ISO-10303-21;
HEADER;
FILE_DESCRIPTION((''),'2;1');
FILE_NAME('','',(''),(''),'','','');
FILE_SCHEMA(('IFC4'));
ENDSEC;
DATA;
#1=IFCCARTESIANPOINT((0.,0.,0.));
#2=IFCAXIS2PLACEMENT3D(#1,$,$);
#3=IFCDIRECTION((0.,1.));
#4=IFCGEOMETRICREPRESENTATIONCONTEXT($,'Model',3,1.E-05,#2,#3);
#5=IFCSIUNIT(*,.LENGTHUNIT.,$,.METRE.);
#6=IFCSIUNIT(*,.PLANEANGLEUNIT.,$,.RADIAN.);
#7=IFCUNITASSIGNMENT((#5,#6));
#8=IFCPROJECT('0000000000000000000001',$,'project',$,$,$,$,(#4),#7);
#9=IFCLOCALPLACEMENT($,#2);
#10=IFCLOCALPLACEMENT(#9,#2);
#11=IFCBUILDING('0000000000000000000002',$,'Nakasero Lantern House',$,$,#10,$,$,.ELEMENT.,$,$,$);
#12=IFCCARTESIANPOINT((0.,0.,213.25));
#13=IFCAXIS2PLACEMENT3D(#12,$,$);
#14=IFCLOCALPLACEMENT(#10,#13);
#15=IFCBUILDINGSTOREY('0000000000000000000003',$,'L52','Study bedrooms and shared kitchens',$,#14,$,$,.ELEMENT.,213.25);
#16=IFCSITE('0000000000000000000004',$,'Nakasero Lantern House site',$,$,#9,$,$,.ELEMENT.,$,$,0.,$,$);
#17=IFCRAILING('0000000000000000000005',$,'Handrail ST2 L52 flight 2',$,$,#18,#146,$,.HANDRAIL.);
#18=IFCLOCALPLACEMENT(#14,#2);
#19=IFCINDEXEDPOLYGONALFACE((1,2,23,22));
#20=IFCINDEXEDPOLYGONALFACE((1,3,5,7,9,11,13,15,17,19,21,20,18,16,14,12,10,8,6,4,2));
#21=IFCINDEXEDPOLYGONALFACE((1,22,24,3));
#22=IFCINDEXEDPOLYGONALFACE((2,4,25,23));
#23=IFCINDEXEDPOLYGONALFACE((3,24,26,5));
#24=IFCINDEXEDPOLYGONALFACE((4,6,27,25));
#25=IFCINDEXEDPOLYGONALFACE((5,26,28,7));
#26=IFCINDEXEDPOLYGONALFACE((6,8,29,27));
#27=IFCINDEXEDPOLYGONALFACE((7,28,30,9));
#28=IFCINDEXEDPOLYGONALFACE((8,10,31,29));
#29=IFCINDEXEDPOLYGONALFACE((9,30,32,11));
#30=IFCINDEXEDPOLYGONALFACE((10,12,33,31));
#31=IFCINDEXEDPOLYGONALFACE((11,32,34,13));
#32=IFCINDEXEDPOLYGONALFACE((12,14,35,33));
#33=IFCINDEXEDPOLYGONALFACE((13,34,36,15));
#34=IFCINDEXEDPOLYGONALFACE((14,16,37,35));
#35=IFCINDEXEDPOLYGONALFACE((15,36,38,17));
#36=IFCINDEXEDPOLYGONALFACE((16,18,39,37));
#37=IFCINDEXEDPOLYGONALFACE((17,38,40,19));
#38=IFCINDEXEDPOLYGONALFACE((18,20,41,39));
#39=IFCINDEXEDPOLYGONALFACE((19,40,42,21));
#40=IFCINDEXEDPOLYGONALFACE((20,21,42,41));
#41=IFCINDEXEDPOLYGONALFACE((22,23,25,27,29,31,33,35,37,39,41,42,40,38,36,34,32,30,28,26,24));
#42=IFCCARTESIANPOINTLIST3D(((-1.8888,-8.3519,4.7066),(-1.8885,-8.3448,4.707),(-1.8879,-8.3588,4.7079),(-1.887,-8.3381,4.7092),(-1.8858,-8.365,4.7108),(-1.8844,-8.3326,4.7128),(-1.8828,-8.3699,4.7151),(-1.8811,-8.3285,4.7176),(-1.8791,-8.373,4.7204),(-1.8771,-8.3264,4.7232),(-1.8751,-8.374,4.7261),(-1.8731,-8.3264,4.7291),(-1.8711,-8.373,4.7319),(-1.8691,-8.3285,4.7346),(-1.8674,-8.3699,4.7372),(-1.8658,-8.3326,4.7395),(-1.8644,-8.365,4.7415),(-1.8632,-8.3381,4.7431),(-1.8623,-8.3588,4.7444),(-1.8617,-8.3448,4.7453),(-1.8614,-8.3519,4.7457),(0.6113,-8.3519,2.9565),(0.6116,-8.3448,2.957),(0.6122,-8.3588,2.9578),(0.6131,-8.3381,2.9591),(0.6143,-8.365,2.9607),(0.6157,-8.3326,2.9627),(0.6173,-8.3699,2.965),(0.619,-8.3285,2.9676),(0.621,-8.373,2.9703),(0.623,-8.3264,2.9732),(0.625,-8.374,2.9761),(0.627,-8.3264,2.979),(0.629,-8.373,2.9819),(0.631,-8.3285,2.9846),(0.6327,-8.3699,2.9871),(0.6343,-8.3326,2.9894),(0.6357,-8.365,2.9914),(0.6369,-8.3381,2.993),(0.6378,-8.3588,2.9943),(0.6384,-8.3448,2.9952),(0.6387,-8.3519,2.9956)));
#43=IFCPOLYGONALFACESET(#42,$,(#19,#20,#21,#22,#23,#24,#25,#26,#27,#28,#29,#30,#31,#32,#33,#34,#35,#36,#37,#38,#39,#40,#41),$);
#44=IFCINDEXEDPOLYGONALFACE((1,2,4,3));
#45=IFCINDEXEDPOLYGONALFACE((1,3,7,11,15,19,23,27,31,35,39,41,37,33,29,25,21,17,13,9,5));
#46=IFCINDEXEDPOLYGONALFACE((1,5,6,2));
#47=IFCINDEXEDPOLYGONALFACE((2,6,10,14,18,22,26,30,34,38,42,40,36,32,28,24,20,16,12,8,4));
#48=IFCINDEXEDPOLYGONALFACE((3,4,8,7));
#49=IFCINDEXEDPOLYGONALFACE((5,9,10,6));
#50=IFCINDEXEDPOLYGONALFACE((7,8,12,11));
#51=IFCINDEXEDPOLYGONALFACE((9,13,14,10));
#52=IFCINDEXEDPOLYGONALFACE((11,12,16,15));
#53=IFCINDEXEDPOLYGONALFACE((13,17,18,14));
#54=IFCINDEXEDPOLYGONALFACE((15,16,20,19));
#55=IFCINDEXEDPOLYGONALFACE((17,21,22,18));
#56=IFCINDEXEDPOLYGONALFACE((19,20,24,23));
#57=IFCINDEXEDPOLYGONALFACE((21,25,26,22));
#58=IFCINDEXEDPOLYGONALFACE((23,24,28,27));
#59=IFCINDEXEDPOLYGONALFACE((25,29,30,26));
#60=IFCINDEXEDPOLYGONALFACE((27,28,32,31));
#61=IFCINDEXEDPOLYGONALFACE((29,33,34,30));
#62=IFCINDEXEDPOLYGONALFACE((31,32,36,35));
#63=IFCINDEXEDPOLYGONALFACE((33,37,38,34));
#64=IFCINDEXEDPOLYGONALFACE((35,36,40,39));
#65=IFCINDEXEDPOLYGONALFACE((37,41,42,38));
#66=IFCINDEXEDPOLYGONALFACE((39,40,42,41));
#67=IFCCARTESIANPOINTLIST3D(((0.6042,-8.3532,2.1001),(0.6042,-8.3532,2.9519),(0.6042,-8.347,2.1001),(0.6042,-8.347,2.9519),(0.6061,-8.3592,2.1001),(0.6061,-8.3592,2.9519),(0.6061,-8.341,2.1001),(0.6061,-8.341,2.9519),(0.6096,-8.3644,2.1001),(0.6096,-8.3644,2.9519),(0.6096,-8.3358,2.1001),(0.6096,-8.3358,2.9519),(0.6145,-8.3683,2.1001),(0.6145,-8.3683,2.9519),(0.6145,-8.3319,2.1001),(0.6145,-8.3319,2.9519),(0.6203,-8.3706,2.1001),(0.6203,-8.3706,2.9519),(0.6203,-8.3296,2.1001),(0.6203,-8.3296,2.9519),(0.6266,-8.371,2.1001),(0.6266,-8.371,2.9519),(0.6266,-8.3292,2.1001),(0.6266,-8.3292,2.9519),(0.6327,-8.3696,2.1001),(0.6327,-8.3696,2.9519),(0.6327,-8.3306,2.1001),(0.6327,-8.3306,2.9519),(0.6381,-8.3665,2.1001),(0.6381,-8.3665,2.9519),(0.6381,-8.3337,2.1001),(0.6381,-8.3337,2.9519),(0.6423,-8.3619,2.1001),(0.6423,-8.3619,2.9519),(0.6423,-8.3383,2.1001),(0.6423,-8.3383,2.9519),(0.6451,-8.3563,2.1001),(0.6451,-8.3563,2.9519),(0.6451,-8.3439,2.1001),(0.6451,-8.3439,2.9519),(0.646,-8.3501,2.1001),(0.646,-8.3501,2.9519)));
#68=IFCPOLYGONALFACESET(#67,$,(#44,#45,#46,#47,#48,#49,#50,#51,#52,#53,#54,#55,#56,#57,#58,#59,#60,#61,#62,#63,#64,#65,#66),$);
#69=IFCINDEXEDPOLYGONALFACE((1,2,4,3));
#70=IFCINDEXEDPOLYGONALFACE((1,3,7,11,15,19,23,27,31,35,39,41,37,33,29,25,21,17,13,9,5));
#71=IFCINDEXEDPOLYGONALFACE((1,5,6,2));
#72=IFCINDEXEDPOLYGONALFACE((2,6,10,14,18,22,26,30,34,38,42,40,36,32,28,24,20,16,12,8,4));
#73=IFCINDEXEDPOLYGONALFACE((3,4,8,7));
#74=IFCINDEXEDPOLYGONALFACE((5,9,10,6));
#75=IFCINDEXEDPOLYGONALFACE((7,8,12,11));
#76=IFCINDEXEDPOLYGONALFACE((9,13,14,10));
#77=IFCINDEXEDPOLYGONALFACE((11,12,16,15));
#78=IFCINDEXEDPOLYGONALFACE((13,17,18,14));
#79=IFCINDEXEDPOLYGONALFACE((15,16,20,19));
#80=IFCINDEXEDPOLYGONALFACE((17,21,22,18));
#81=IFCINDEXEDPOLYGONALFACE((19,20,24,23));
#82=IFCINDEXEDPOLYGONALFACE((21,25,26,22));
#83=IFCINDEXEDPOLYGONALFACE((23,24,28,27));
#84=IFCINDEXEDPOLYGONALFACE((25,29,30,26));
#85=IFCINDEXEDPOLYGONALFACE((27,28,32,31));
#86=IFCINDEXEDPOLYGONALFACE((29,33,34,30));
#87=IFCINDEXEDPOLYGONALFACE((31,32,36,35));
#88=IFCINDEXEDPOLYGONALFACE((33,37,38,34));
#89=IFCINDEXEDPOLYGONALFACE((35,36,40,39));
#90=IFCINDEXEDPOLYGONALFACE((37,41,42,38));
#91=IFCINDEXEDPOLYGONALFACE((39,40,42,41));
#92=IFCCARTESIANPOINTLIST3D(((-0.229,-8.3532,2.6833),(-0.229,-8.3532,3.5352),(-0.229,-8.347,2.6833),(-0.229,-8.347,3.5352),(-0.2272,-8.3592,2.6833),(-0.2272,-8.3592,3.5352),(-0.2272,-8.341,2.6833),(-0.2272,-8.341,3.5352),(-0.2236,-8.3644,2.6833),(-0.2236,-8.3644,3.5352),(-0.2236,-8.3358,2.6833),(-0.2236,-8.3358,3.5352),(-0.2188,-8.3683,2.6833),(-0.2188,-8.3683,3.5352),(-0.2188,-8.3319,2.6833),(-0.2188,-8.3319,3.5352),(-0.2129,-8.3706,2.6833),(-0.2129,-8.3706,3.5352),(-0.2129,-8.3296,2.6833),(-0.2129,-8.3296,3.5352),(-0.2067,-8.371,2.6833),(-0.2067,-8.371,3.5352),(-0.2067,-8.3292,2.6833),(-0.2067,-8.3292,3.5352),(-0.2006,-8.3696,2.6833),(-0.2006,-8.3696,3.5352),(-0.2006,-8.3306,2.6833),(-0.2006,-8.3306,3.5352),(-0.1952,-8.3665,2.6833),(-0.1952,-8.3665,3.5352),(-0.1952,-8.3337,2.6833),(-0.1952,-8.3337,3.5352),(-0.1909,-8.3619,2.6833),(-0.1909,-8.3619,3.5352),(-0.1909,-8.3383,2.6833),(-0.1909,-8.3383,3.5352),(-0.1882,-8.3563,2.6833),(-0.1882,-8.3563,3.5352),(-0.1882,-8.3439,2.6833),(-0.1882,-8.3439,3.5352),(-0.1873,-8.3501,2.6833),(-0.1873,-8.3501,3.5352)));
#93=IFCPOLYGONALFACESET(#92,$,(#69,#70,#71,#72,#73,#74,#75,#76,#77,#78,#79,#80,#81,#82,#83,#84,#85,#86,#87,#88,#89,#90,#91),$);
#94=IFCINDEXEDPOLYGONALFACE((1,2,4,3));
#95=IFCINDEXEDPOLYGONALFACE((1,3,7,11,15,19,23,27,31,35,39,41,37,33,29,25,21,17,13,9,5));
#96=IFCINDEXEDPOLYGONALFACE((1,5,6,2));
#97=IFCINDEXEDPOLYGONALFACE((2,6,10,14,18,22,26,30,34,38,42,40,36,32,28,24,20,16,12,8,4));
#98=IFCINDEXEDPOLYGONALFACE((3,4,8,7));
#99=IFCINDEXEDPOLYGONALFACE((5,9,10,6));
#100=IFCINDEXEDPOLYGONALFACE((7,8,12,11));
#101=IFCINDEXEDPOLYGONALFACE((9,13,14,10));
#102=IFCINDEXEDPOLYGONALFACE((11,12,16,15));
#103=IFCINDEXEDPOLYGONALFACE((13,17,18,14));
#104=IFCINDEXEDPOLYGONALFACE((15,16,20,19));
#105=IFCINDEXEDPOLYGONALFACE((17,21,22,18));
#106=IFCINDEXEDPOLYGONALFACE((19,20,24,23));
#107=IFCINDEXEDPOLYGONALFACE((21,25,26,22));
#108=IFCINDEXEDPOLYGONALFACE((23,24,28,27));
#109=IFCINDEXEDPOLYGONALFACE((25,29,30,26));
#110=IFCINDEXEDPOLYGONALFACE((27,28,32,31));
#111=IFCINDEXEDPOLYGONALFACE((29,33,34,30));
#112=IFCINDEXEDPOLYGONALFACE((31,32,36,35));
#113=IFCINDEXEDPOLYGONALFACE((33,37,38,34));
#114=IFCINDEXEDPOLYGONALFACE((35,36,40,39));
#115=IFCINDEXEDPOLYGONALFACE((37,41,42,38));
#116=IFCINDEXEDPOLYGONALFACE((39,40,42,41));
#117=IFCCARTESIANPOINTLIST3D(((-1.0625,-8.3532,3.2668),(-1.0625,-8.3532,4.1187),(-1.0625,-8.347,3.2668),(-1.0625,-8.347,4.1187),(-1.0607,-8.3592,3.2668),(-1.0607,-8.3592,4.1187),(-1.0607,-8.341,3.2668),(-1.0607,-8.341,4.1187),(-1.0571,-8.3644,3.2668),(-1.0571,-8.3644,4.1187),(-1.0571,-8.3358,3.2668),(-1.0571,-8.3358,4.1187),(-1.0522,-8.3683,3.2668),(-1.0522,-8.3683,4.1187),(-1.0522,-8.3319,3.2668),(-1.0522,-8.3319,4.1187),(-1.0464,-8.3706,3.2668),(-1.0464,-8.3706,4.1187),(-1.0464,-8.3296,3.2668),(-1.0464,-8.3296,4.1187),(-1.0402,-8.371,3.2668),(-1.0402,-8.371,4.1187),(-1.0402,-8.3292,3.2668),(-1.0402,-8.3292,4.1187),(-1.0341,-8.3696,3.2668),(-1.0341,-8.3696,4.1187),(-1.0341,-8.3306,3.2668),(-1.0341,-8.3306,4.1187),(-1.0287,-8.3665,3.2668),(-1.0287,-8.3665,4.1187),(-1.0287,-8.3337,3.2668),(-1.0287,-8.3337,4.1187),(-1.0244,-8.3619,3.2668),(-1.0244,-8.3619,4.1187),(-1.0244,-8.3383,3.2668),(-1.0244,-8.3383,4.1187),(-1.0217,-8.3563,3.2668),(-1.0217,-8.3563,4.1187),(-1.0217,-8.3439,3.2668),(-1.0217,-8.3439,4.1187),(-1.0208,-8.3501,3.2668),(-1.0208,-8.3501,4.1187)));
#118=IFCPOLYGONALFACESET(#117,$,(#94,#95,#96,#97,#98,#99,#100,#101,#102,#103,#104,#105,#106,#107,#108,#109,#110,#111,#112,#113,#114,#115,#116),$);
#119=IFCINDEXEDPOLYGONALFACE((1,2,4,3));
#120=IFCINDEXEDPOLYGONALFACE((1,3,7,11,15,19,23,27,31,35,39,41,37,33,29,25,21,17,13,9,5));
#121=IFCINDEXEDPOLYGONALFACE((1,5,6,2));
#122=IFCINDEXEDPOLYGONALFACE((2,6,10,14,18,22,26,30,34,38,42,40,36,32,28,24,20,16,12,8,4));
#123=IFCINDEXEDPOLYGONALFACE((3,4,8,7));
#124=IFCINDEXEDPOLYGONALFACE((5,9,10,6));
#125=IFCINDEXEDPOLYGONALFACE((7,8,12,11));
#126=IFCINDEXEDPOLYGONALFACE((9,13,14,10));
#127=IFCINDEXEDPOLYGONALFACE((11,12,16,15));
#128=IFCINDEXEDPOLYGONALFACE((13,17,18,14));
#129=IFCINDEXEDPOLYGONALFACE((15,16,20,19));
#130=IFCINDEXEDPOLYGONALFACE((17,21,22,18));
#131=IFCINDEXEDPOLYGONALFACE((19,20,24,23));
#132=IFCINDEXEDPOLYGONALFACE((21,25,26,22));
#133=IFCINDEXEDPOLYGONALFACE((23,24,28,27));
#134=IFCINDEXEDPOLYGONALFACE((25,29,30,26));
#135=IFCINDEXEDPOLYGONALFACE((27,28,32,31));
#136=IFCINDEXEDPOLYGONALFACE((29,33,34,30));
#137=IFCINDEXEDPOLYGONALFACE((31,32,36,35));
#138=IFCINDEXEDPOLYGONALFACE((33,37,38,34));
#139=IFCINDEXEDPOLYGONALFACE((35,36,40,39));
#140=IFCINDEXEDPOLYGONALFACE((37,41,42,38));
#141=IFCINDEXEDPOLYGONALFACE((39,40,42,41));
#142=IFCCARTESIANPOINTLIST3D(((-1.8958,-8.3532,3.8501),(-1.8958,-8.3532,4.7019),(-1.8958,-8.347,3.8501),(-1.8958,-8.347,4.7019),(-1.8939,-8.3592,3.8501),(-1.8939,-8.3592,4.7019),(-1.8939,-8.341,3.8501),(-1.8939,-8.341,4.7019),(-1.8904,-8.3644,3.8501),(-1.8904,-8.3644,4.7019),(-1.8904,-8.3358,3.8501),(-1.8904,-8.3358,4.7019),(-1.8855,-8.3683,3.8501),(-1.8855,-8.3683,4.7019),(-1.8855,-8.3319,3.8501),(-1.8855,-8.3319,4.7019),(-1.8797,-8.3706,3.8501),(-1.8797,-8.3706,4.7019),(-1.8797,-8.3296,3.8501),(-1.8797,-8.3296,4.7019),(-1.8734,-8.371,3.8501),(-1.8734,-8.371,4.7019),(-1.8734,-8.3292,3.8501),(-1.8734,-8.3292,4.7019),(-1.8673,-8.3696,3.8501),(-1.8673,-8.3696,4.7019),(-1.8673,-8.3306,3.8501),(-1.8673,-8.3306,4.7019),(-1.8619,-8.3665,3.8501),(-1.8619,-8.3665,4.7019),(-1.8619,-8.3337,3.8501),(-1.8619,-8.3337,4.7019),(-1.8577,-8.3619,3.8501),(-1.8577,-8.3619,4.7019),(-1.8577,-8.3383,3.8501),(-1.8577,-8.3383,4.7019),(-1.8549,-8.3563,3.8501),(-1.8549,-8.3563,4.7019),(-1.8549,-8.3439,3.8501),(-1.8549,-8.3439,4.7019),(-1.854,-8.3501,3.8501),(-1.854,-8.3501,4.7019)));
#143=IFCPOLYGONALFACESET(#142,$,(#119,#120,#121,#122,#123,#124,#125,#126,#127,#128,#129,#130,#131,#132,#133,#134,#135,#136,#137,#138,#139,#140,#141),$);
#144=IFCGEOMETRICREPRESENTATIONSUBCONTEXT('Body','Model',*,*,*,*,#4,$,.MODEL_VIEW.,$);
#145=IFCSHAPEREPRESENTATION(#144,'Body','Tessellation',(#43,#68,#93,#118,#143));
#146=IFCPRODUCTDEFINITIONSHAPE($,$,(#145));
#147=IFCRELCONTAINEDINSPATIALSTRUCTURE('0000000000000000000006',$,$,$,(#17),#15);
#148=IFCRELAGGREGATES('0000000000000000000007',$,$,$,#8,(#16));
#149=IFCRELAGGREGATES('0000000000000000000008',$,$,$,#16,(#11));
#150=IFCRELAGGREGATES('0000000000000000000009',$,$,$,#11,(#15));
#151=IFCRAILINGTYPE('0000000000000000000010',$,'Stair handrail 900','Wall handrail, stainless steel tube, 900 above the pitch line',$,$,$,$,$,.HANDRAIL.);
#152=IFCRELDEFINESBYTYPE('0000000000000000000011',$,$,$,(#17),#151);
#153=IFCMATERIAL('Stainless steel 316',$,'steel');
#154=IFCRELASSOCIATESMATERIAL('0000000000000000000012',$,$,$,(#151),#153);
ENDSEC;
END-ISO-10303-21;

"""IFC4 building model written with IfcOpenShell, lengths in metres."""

from ifc_helpers import new_model, si_unit, direction, frame, origin, origin_2d, place, context, subcontext, project, spatial, circle, extrude, material, type_object, element, save


model = new_model("IFC4")

# Units and contexts
model_context = context("Model", 3, precision=1e-05, world=origin(), true_north=direction((0.0, 1.0)))
body_context = subcontext(model_context, "Body", "Model", "MODEL_VIEW")
ifc_project = project(units=[si_unit("LENGTHUNIT", "METRE"), si_unit("PLANEANGLEUNIT", "RADIAN")], contexts=[model_context])

# Site, building, storey
site_placement = place(None, origin())
site = spatial("IfcSite", under=ifc_project, at=site_placement, Name="Nakasero Lantern House site", CompositionType="ELEMENT", RefElevation=0.0)
building_placement = place(site_placement, origin())
building = spatial("IfcBuilding", under=site, at=building_placement, Name="Nakasero Lantern House", CompositionType="ELEMENT")
storey_placement = place(building_placement, frame((0.0, 0.0, 213.25)))
storey = spatial("IfcBuildingStorey", under=building, at=storey_placement, Name="L52", Description="Study bedrooms and shared kitchens", CompositionType="ELEMENT", Elevation=213.25)

# Railing
ifc_material_1 = material(Name="Stainless steel 316", Category="steel")
railing_type = type_object("IfcRailingType", Name="Stair handrail 900", Description="Wall handrail, stainless steel tube, 900 above the pitch line", PredefinedType="HANDRAIL", material=ifc_material_1)
railing_placement = place(storey_placement, frame((0.625, -8.3501, 2.1001)))
element("IfcRailing", 1, at=railing_placement, inside=storey, type_object=railing_type, Name="Handrail ST2 L52 flight 2", PredefinedType="HANDRAIL", context=body_context, shape_type="SweptSolid", body=[
    extrude(circle(Radius=0.0239, at=origin_2d()), frame((0.0, 0.0, 0.876), z_axis=(-0.819232, 0.0, 0.573462), x_axis=(0.0, -1.0, 0.0)), (0.0, 0.0, 1.0), 3.0518),
    extrude(circle(Radius=0.021, at=origin_2d()), origin(), (0.0, 0.0, 1.0), 0.8518),
    extrude(circle(Radius=0.021, at=origin_2d()), frame((-0.8333, 0.0, 0.5833)), (0.0, 0.0, 1.0), 0.8518),
    extrude(circle(Radius=0.021, at=origin_2d()), frame((-1.6667, 0.0, 1.1667)), (0.0, 0.0, 1.0), 0.8518),
    extrude(circle(Radius=0.021, at=origin_2d()), frame((-2.5, 0.0, 1.75)), (0.0, 0.0, 1.0), 0.8518),
])

save(model, "model.ifc")
